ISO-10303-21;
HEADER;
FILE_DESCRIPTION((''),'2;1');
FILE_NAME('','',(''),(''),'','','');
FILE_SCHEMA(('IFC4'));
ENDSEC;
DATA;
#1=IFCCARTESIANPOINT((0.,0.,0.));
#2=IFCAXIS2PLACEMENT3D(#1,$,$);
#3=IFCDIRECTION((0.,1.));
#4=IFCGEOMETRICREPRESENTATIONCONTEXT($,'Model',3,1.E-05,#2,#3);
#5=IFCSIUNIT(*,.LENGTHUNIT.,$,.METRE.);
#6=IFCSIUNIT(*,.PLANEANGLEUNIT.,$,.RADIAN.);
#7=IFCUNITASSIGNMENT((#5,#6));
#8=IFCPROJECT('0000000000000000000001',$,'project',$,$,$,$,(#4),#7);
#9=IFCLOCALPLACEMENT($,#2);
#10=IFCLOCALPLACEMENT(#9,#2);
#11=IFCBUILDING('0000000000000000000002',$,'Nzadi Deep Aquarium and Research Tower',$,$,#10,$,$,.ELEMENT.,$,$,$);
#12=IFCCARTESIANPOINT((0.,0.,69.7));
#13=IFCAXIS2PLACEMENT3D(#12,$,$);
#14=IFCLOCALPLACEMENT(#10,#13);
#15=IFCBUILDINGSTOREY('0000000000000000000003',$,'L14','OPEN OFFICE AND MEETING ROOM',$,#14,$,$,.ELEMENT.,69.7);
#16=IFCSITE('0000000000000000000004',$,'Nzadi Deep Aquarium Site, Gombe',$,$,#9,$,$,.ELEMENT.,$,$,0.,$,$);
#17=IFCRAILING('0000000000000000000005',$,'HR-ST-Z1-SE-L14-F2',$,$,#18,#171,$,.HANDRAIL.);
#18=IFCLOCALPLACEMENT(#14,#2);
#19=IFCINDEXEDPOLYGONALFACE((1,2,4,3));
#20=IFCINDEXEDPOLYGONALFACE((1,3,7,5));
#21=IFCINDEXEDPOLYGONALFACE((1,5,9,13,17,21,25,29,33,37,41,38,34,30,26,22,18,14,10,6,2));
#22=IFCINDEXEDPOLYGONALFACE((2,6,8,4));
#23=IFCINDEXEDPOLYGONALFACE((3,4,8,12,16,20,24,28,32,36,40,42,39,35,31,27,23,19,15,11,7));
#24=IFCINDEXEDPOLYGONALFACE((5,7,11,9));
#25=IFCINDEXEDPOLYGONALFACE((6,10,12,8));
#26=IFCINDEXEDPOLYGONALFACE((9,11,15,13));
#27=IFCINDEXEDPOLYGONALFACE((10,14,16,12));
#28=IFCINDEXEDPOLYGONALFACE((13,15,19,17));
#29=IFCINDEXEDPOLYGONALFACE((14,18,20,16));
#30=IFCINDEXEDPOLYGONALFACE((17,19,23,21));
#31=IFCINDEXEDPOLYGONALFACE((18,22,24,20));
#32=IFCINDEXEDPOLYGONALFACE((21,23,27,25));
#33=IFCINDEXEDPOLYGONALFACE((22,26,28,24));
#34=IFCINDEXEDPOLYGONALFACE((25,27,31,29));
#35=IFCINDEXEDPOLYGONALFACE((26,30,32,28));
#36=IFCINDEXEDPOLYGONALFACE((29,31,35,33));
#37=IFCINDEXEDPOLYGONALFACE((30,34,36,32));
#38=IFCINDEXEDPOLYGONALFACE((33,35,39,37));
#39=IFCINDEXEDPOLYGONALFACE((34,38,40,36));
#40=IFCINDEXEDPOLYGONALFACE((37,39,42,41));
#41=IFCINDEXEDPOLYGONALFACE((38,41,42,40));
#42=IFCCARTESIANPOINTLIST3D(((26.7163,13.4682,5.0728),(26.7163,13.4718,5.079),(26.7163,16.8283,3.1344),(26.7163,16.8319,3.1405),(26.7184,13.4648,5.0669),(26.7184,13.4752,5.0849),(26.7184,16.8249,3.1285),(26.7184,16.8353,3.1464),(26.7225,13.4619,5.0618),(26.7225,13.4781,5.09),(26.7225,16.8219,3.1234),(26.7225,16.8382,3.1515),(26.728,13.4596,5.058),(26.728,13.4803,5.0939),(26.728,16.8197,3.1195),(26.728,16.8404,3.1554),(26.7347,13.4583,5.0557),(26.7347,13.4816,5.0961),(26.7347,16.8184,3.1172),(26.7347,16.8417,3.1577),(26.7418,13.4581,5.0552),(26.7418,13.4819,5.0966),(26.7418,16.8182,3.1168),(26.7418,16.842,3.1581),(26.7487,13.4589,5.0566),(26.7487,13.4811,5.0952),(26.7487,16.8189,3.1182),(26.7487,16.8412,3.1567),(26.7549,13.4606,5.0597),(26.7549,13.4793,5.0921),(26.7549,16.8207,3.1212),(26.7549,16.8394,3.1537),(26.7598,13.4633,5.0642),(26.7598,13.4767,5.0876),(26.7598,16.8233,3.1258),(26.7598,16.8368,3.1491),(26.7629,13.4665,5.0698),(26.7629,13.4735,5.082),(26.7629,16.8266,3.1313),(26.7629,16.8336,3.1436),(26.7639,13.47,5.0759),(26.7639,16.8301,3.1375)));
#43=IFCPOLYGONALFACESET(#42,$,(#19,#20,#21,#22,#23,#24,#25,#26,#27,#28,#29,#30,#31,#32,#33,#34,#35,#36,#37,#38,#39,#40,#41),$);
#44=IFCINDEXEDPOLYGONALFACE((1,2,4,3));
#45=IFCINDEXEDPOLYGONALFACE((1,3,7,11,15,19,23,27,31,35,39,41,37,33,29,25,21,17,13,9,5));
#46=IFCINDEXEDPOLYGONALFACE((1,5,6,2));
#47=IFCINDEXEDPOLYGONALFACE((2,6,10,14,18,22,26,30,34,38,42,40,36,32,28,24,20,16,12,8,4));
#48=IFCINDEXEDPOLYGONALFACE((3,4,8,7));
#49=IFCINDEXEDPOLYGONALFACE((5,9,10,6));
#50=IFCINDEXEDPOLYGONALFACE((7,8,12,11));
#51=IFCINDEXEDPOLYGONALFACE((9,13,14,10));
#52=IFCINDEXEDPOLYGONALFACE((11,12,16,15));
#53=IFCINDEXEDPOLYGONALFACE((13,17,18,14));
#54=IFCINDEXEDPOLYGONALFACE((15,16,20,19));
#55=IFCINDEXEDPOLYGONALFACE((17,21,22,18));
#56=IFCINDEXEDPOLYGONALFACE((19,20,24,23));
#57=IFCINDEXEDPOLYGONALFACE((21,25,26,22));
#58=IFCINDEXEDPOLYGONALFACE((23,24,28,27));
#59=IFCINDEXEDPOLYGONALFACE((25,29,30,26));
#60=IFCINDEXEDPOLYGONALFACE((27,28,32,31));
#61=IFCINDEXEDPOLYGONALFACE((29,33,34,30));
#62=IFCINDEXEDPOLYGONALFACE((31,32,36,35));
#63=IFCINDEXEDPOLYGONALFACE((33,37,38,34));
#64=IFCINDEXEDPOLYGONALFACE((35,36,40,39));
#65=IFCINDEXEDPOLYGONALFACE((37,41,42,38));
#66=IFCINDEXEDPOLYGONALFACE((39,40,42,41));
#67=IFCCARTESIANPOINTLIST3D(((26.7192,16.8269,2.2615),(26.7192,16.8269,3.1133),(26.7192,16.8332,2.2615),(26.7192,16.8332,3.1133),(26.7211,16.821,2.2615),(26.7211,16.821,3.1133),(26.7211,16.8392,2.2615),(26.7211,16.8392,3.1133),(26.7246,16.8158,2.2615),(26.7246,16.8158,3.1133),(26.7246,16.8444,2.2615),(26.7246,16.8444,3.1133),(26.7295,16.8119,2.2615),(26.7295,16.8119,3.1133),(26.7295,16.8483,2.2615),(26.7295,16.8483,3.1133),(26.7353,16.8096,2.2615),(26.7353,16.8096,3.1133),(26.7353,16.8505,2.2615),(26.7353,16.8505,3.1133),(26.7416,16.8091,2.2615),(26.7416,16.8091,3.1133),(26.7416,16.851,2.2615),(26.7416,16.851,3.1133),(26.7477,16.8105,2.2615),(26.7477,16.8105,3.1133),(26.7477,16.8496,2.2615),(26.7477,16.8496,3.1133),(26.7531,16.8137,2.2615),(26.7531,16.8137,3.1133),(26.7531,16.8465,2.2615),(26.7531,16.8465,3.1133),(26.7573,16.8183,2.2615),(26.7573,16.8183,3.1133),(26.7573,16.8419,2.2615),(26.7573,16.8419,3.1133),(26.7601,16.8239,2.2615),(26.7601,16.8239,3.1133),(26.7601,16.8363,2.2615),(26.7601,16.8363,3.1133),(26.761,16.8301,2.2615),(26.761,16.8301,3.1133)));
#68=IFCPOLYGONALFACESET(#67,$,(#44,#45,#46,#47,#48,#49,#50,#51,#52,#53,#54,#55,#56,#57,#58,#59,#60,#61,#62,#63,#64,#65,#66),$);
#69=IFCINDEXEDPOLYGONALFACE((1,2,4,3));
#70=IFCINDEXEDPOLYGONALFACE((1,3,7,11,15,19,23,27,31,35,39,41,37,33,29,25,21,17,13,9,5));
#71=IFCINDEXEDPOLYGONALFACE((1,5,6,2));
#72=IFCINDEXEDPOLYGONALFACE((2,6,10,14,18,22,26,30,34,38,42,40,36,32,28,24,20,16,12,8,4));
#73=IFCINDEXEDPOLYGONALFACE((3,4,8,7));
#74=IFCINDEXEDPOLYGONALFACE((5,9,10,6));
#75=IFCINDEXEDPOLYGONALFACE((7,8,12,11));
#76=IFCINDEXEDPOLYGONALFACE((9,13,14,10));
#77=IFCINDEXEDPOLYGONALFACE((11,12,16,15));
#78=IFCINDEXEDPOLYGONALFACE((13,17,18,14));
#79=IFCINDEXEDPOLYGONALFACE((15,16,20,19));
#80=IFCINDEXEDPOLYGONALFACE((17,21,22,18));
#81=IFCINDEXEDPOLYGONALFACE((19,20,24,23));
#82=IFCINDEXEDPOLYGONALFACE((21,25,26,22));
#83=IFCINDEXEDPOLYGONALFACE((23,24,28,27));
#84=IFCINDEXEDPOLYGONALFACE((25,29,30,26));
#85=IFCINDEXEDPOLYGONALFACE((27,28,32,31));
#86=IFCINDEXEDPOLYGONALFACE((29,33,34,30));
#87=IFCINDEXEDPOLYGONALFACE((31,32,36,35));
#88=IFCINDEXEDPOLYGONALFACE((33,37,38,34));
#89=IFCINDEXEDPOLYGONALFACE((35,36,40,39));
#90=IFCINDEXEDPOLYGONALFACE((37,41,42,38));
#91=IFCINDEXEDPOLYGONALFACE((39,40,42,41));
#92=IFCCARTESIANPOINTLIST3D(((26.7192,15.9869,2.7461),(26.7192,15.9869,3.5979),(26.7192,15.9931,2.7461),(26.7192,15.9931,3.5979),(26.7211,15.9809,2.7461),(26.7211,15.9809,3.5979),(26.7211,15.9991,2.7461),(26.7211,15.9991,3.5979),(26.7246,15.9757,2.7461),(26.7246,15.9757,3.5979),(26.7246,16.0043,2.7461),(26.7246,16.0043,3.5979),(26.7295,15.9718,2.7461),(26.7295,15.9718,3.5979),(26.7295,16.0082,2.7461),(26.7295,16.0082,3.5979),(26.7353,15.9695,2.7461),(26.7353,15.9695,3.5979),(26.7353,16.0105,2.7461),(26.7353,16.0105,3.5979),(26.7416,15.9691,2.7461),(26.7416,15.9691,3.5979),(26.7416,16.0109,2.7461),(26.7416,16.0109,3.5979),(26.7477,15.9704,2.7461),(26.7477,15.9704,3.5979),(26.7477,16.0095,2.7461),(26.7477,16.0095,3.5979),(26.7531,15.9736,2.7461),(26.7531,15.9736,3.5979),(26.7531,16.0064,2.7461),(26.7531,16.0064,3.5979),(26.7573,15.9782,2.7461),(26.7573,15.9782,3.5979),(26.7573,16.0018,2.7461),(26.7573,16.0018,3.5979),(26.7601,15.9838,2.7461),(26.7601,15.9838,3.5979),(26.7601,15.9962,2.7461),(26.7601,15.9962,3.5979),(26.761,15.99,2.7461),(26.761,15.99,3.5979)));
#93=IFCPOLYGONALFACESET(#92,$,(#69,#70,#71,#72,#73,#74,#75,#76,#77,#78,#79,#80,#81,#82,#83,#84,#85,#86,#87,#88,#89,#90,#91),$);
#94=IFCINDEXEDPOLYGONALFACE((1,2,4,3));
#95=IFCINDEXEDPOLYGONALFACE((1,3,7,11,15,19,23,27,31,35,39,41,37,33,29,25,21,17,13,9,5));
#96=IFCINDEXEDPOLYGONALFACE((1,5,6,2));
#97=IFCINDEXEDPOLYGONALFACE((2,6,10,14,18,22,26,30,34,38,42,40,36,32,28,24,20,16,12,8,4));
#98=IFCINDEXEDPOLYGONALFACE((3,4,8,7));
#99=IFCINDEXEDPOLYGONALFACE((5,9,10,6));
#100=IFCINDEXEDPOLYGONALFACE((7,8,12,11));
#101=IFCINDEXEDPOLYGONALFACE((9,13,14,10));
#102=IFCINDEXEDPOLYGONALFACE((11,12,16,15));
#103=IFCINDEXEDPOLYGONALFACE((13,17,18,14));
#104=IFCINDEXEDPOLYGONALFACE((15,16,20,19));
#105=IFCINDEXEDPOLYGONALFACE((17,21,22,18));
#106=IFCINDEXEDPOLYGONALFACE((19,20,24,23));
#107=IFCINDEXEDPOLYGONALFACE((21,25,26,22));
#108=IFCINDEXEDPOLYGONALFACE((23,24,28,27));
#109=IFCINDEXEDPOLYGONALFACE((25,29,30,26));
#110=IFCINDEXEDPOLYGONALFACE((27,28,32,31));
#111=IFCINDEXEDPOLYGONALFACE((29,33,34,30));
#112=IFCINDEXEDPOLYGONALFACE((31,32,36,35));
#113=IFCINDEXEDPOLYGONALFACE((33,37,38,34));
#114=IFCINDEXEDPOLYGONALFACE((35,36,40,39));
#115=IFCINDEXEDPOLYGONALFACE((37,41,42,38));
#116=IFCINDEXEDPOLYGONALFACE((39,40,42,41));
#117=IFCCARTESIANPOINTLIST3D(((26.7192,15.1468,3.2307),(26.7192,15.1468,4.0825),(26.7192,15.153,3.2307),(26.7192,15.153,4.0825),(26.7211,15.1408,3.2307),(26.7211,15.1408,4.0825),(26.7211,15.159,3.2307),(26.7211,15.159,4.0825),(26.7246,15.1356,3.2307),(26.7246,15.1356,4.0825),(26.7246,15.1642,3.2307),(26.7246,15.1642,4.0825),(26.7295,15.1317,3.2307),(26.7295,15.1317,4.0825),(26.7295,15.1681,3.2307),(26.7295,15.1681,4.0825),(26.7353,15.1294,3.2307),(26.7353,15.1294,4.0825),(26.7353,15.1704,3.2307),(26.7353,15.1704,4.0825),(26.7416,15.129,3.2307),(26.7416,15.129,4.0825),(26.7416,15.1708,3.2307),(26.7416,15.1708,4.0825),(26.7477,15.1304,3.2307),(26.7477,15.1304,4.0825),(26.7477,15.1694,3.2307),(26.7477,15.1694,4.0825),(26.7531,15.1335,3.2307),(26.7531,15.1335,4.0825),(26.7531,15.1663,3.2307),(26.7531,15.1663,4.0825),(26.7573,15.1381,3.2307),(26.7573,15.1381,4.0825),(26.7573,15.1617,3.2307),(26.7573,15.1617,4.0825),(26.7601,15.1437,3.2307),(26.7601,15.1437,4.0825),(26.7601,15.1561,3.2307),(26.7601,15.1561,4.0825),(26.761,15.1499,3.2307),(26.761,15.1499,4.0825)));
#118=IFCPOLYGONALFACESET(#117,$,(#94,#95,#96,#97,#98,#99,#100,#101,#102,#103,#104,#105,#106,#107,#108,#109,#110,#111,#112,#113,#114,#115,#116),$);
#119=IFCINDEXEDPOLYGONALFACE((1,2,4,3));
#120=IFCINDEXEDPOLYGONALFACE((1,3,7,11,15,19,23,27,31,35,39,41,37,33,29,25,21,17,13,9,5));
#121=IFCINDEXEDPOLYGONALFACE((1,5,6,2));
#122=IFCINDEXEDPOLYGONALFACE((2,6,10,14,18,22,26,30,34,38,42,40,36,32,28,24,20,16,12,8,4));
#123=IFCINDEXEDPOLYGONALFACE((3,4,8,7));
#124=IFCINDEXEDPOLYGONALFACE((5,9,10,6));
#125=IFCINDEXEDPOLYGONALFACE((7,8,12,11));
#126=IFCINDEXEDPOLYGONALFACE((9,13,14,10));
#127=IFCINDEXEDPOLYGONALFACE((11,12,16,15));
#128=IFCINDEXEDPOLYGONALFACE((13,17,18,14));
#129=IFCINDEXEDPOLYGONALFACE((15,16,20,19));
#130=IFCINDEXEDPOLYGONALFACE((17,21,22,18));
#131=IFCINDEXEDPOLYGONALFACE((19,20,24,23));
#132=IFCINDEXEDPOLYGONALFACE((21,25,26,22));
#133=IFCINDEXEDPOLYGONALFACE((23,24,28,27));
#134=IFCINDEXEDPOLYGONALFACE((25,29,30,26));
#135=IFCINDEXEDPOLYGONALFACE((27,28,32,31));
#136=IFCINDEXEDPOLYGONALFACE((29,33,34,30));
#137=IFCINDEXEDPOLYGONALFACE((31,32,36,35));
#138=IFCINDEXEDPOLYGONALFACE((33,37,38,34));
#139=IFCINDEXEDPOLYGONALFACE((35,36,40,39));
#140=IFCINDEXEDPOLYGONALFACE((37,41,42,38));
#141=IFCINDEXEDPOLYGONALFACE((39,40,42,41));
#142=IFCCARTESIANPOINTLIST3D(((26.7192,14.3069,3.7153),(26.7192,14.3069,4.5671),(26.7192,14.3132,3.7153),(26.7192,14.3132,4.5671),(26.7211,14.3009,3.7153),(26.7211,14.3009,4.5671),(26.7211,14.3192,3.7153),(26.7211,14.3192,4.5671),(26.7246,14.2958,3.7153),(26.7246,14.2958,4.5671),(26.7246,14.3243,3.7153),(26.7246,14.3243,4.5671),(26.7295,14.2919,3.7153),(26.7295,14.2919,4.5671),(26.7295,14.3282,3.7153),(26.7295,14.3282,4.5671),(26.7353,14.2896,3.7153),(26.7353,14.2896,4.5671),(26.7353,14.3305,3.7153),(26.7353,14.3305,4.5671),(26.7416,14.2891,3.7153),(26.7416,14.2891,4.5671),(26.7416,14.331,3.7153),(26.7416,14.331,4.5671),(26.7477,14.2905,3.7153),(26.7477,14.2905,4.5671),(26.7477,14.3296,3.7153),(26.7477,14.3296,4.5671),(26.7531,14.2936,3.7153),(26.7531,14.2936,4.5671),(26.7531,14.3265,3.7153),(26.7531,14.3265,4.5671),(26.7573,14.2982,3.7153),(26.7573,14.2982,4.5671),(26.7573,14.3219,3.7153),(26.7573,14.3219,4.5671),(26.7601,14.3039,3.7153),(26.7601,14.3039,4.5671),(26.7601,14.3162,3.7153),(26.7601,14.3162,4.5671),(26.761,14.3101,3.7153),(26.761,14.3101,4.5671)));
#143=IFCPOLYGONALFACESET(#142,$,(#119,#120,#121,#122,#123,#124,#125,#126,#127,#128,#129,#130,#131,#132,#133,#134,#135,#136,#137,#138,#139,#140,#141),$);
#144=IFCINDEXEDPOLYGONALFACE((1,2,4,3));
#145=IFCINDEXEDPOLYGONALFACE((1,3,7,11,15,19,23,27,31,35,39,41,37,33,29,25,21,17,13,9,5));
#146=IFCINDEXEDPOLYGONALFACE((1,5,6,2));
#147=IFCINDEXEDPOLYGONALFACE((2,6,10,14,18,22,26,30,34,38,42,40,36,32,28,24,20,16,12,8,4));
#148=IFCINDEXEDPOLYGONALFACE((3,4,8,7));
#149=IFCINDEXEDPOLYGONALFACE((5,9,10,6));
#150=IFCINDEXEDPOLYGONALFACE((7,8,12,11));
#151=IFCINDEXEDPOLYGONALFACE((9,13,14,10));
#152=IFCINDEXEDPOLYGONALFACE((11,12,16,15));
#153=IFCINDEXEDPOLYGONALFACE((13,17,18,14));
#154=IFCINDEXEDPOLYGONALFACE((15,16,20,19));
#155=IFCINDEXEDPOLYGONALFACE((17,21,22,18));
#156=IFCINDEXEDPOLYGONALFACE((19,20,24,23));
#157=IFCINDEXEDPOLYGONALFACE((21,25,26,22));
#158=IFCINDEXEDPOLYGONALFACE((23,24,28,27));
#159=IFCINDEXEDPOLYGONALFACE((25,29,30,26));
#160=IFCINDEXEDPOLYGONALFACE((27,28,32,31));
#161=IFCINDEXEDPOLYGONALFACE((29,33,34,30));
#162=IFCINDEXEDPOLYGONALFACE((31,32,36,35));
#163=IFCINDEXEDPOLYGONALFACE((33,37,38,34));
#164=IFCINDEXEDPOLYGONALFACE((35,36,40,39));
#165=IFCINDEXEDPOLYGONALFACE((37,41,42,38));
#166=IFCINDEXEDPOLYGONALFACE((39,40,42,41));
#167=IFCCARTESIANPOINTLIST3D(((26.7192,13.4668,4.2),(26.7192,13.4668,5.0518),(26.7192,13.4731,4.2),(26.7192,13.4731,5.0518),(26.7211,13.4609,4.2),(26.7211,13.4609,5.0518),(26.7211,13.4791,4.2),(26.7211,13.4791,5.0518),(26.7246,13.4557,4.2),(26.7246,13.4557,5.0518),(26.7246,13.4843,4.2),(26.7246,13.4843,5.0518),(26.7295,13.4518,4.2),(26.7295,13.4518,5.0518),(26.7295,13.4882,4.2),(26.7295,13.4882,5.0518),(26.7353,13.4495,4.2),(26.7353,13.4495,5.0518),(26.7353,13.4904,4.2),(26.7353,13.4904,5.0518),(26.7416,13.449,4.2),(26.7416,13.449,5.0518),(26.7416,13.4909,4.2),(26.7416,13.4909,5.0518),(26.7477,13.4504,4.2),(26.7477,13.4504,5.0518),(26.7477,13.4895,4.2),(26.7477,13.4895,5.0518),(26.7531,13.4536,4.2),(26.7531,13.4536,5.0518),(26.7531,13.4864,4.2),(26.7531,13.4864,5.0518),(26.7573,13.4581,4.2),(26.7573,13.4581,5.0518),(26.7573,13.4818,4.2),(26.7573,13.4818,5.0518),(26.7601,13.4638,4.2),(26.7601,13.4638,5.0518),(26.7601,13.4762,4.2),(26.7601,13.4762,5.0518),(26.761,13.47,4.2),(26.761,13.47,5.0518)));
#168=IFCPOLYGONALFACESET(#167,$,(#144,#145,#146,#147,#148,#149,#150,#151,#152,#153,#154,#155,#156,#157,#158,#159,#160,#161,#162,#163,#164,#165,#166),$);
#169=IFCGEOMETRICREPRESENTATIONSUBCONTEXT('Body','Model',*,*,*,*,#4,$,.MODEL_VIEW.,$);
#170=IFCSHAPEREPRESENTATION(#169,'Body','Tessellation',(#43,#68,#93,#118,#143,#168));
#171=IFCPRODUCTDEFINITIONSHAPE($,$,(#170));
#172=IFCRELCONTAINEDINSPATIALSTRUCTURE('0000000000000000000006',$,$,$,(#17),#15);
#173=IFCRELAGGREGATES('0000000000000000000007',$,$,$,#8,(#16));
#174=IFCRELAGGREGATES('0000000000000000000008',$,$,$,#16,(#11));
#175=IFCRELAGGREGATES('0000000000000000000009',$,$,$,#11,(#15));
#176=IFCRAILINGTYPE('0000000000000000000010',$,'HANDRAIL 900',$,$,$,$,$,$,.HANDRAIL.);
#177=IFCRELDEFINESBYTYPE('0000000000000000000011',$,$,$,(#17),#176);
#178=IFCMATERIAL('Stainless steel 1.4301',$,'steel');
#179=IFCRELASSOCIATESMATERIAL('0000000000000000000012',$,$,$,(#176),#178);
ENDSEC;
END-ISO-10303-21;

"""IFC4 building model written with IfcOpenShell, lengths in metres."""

from ifc_helpers import new_model, si_unit, direction, frame, origin, origin_2d, place, context, subcontext, project, spatial, circle, extrude, material, type_object, element, save


model = new_model("IFC4")

# Units and contexts
model_context = context("Model", 3, precision=1e-05, world=origin(), true_north=direction((0.0, 1.0)))
body_context = subcontext(model_context, "Body", "Model", "MODEL_VIEW")
ifc_project = project(units=[si_unit("LENGTHUNIT", "METRE"), si_unit("PLANEANGLEUNIT", "RADIAN")], contexts=[model_context])

# Site, building, storey
site_placement = place(None, origin())
site = spatial("IfcSite", under=ifc_project, at=site_placement, Name="Nzadi Deep Aquarium Site, Gombe", CompositionType="ELEMENT", RefElevation=0.0)
building_placement = place(site_placement, origin())
building = spatial("IfcBuilding", under=site, at=building_placement, Name="Nzadi Deep Aquarium and Research Tower", CompositionType="ELEMENT")
storey_placement = place(building_placement, frame((0.0, 0.0, 69.7)))
storey = spatial("IfcBuildingStorey", under=building, at=storey_placement, Name="L14", Description="OPEN OFFICE AND MEETING ROOM", CompositionType="ELEMENT", Elevation=69.7)

# Railing
ifc_material_1 = material(Name="Stainless steel 1.4301", Category="steel")
railing_type = type_object("IfcRailingType", Name="HANDRAIL 900", PredefinedType="HANDRAIL", material=ifc_material_1)
for number, where, name in (
    (1, (26.74, 16.8301, 2.2615), "HR-ST-Z1-SE-L14-F2"),
):
    element("IfcRailing", number, at=place(storey_placement, frame(where)), inside=storey, type_object=railing_type, Name=name, PredefinedType="HANDRAIL", context=body_context, shape_type="SweptSolid", body=[
        extrude(circle(Radius=0.0239, at=origin_2d()), frame((0.0, 0.0, 0.876), z_axis=(0.0, -0.866191, 0.499713), x_axis=(1.0, 0.0, 0.0)), (0.0, 0.0, 1.0), 3.8792),
        extrude(circle(Radius=0.021, at=origin_2d()), origin(), (0.0, 0.0, 1.0), 0.8518),
        extrude(circle(Radius=0.021, at=origin_2d()), frame((0.0, -0.8401, 0.4846)), (0.0, 0.0, 1.0), 0.8518),
        extrude(circle(Radius=0.021, at=origin_2d()), frame((0.0, -1.6802, 0.9692)), (0.0, 0.0, 1.0), 0.8518),
        extrude(circle(Radius=0.021, at=origin_2d()), frame((0.0, -2.52, 1.4539)), (0.0, 0.0, 1.0), 0.8518),
        extrude(circle(Radius=0.021, at=origin_2d()), frame((0.0, -3.3601, 1.9385)), (0.0, 0.0, 1.0), 0.8518),
    ])

save(model, "model.ifc")
